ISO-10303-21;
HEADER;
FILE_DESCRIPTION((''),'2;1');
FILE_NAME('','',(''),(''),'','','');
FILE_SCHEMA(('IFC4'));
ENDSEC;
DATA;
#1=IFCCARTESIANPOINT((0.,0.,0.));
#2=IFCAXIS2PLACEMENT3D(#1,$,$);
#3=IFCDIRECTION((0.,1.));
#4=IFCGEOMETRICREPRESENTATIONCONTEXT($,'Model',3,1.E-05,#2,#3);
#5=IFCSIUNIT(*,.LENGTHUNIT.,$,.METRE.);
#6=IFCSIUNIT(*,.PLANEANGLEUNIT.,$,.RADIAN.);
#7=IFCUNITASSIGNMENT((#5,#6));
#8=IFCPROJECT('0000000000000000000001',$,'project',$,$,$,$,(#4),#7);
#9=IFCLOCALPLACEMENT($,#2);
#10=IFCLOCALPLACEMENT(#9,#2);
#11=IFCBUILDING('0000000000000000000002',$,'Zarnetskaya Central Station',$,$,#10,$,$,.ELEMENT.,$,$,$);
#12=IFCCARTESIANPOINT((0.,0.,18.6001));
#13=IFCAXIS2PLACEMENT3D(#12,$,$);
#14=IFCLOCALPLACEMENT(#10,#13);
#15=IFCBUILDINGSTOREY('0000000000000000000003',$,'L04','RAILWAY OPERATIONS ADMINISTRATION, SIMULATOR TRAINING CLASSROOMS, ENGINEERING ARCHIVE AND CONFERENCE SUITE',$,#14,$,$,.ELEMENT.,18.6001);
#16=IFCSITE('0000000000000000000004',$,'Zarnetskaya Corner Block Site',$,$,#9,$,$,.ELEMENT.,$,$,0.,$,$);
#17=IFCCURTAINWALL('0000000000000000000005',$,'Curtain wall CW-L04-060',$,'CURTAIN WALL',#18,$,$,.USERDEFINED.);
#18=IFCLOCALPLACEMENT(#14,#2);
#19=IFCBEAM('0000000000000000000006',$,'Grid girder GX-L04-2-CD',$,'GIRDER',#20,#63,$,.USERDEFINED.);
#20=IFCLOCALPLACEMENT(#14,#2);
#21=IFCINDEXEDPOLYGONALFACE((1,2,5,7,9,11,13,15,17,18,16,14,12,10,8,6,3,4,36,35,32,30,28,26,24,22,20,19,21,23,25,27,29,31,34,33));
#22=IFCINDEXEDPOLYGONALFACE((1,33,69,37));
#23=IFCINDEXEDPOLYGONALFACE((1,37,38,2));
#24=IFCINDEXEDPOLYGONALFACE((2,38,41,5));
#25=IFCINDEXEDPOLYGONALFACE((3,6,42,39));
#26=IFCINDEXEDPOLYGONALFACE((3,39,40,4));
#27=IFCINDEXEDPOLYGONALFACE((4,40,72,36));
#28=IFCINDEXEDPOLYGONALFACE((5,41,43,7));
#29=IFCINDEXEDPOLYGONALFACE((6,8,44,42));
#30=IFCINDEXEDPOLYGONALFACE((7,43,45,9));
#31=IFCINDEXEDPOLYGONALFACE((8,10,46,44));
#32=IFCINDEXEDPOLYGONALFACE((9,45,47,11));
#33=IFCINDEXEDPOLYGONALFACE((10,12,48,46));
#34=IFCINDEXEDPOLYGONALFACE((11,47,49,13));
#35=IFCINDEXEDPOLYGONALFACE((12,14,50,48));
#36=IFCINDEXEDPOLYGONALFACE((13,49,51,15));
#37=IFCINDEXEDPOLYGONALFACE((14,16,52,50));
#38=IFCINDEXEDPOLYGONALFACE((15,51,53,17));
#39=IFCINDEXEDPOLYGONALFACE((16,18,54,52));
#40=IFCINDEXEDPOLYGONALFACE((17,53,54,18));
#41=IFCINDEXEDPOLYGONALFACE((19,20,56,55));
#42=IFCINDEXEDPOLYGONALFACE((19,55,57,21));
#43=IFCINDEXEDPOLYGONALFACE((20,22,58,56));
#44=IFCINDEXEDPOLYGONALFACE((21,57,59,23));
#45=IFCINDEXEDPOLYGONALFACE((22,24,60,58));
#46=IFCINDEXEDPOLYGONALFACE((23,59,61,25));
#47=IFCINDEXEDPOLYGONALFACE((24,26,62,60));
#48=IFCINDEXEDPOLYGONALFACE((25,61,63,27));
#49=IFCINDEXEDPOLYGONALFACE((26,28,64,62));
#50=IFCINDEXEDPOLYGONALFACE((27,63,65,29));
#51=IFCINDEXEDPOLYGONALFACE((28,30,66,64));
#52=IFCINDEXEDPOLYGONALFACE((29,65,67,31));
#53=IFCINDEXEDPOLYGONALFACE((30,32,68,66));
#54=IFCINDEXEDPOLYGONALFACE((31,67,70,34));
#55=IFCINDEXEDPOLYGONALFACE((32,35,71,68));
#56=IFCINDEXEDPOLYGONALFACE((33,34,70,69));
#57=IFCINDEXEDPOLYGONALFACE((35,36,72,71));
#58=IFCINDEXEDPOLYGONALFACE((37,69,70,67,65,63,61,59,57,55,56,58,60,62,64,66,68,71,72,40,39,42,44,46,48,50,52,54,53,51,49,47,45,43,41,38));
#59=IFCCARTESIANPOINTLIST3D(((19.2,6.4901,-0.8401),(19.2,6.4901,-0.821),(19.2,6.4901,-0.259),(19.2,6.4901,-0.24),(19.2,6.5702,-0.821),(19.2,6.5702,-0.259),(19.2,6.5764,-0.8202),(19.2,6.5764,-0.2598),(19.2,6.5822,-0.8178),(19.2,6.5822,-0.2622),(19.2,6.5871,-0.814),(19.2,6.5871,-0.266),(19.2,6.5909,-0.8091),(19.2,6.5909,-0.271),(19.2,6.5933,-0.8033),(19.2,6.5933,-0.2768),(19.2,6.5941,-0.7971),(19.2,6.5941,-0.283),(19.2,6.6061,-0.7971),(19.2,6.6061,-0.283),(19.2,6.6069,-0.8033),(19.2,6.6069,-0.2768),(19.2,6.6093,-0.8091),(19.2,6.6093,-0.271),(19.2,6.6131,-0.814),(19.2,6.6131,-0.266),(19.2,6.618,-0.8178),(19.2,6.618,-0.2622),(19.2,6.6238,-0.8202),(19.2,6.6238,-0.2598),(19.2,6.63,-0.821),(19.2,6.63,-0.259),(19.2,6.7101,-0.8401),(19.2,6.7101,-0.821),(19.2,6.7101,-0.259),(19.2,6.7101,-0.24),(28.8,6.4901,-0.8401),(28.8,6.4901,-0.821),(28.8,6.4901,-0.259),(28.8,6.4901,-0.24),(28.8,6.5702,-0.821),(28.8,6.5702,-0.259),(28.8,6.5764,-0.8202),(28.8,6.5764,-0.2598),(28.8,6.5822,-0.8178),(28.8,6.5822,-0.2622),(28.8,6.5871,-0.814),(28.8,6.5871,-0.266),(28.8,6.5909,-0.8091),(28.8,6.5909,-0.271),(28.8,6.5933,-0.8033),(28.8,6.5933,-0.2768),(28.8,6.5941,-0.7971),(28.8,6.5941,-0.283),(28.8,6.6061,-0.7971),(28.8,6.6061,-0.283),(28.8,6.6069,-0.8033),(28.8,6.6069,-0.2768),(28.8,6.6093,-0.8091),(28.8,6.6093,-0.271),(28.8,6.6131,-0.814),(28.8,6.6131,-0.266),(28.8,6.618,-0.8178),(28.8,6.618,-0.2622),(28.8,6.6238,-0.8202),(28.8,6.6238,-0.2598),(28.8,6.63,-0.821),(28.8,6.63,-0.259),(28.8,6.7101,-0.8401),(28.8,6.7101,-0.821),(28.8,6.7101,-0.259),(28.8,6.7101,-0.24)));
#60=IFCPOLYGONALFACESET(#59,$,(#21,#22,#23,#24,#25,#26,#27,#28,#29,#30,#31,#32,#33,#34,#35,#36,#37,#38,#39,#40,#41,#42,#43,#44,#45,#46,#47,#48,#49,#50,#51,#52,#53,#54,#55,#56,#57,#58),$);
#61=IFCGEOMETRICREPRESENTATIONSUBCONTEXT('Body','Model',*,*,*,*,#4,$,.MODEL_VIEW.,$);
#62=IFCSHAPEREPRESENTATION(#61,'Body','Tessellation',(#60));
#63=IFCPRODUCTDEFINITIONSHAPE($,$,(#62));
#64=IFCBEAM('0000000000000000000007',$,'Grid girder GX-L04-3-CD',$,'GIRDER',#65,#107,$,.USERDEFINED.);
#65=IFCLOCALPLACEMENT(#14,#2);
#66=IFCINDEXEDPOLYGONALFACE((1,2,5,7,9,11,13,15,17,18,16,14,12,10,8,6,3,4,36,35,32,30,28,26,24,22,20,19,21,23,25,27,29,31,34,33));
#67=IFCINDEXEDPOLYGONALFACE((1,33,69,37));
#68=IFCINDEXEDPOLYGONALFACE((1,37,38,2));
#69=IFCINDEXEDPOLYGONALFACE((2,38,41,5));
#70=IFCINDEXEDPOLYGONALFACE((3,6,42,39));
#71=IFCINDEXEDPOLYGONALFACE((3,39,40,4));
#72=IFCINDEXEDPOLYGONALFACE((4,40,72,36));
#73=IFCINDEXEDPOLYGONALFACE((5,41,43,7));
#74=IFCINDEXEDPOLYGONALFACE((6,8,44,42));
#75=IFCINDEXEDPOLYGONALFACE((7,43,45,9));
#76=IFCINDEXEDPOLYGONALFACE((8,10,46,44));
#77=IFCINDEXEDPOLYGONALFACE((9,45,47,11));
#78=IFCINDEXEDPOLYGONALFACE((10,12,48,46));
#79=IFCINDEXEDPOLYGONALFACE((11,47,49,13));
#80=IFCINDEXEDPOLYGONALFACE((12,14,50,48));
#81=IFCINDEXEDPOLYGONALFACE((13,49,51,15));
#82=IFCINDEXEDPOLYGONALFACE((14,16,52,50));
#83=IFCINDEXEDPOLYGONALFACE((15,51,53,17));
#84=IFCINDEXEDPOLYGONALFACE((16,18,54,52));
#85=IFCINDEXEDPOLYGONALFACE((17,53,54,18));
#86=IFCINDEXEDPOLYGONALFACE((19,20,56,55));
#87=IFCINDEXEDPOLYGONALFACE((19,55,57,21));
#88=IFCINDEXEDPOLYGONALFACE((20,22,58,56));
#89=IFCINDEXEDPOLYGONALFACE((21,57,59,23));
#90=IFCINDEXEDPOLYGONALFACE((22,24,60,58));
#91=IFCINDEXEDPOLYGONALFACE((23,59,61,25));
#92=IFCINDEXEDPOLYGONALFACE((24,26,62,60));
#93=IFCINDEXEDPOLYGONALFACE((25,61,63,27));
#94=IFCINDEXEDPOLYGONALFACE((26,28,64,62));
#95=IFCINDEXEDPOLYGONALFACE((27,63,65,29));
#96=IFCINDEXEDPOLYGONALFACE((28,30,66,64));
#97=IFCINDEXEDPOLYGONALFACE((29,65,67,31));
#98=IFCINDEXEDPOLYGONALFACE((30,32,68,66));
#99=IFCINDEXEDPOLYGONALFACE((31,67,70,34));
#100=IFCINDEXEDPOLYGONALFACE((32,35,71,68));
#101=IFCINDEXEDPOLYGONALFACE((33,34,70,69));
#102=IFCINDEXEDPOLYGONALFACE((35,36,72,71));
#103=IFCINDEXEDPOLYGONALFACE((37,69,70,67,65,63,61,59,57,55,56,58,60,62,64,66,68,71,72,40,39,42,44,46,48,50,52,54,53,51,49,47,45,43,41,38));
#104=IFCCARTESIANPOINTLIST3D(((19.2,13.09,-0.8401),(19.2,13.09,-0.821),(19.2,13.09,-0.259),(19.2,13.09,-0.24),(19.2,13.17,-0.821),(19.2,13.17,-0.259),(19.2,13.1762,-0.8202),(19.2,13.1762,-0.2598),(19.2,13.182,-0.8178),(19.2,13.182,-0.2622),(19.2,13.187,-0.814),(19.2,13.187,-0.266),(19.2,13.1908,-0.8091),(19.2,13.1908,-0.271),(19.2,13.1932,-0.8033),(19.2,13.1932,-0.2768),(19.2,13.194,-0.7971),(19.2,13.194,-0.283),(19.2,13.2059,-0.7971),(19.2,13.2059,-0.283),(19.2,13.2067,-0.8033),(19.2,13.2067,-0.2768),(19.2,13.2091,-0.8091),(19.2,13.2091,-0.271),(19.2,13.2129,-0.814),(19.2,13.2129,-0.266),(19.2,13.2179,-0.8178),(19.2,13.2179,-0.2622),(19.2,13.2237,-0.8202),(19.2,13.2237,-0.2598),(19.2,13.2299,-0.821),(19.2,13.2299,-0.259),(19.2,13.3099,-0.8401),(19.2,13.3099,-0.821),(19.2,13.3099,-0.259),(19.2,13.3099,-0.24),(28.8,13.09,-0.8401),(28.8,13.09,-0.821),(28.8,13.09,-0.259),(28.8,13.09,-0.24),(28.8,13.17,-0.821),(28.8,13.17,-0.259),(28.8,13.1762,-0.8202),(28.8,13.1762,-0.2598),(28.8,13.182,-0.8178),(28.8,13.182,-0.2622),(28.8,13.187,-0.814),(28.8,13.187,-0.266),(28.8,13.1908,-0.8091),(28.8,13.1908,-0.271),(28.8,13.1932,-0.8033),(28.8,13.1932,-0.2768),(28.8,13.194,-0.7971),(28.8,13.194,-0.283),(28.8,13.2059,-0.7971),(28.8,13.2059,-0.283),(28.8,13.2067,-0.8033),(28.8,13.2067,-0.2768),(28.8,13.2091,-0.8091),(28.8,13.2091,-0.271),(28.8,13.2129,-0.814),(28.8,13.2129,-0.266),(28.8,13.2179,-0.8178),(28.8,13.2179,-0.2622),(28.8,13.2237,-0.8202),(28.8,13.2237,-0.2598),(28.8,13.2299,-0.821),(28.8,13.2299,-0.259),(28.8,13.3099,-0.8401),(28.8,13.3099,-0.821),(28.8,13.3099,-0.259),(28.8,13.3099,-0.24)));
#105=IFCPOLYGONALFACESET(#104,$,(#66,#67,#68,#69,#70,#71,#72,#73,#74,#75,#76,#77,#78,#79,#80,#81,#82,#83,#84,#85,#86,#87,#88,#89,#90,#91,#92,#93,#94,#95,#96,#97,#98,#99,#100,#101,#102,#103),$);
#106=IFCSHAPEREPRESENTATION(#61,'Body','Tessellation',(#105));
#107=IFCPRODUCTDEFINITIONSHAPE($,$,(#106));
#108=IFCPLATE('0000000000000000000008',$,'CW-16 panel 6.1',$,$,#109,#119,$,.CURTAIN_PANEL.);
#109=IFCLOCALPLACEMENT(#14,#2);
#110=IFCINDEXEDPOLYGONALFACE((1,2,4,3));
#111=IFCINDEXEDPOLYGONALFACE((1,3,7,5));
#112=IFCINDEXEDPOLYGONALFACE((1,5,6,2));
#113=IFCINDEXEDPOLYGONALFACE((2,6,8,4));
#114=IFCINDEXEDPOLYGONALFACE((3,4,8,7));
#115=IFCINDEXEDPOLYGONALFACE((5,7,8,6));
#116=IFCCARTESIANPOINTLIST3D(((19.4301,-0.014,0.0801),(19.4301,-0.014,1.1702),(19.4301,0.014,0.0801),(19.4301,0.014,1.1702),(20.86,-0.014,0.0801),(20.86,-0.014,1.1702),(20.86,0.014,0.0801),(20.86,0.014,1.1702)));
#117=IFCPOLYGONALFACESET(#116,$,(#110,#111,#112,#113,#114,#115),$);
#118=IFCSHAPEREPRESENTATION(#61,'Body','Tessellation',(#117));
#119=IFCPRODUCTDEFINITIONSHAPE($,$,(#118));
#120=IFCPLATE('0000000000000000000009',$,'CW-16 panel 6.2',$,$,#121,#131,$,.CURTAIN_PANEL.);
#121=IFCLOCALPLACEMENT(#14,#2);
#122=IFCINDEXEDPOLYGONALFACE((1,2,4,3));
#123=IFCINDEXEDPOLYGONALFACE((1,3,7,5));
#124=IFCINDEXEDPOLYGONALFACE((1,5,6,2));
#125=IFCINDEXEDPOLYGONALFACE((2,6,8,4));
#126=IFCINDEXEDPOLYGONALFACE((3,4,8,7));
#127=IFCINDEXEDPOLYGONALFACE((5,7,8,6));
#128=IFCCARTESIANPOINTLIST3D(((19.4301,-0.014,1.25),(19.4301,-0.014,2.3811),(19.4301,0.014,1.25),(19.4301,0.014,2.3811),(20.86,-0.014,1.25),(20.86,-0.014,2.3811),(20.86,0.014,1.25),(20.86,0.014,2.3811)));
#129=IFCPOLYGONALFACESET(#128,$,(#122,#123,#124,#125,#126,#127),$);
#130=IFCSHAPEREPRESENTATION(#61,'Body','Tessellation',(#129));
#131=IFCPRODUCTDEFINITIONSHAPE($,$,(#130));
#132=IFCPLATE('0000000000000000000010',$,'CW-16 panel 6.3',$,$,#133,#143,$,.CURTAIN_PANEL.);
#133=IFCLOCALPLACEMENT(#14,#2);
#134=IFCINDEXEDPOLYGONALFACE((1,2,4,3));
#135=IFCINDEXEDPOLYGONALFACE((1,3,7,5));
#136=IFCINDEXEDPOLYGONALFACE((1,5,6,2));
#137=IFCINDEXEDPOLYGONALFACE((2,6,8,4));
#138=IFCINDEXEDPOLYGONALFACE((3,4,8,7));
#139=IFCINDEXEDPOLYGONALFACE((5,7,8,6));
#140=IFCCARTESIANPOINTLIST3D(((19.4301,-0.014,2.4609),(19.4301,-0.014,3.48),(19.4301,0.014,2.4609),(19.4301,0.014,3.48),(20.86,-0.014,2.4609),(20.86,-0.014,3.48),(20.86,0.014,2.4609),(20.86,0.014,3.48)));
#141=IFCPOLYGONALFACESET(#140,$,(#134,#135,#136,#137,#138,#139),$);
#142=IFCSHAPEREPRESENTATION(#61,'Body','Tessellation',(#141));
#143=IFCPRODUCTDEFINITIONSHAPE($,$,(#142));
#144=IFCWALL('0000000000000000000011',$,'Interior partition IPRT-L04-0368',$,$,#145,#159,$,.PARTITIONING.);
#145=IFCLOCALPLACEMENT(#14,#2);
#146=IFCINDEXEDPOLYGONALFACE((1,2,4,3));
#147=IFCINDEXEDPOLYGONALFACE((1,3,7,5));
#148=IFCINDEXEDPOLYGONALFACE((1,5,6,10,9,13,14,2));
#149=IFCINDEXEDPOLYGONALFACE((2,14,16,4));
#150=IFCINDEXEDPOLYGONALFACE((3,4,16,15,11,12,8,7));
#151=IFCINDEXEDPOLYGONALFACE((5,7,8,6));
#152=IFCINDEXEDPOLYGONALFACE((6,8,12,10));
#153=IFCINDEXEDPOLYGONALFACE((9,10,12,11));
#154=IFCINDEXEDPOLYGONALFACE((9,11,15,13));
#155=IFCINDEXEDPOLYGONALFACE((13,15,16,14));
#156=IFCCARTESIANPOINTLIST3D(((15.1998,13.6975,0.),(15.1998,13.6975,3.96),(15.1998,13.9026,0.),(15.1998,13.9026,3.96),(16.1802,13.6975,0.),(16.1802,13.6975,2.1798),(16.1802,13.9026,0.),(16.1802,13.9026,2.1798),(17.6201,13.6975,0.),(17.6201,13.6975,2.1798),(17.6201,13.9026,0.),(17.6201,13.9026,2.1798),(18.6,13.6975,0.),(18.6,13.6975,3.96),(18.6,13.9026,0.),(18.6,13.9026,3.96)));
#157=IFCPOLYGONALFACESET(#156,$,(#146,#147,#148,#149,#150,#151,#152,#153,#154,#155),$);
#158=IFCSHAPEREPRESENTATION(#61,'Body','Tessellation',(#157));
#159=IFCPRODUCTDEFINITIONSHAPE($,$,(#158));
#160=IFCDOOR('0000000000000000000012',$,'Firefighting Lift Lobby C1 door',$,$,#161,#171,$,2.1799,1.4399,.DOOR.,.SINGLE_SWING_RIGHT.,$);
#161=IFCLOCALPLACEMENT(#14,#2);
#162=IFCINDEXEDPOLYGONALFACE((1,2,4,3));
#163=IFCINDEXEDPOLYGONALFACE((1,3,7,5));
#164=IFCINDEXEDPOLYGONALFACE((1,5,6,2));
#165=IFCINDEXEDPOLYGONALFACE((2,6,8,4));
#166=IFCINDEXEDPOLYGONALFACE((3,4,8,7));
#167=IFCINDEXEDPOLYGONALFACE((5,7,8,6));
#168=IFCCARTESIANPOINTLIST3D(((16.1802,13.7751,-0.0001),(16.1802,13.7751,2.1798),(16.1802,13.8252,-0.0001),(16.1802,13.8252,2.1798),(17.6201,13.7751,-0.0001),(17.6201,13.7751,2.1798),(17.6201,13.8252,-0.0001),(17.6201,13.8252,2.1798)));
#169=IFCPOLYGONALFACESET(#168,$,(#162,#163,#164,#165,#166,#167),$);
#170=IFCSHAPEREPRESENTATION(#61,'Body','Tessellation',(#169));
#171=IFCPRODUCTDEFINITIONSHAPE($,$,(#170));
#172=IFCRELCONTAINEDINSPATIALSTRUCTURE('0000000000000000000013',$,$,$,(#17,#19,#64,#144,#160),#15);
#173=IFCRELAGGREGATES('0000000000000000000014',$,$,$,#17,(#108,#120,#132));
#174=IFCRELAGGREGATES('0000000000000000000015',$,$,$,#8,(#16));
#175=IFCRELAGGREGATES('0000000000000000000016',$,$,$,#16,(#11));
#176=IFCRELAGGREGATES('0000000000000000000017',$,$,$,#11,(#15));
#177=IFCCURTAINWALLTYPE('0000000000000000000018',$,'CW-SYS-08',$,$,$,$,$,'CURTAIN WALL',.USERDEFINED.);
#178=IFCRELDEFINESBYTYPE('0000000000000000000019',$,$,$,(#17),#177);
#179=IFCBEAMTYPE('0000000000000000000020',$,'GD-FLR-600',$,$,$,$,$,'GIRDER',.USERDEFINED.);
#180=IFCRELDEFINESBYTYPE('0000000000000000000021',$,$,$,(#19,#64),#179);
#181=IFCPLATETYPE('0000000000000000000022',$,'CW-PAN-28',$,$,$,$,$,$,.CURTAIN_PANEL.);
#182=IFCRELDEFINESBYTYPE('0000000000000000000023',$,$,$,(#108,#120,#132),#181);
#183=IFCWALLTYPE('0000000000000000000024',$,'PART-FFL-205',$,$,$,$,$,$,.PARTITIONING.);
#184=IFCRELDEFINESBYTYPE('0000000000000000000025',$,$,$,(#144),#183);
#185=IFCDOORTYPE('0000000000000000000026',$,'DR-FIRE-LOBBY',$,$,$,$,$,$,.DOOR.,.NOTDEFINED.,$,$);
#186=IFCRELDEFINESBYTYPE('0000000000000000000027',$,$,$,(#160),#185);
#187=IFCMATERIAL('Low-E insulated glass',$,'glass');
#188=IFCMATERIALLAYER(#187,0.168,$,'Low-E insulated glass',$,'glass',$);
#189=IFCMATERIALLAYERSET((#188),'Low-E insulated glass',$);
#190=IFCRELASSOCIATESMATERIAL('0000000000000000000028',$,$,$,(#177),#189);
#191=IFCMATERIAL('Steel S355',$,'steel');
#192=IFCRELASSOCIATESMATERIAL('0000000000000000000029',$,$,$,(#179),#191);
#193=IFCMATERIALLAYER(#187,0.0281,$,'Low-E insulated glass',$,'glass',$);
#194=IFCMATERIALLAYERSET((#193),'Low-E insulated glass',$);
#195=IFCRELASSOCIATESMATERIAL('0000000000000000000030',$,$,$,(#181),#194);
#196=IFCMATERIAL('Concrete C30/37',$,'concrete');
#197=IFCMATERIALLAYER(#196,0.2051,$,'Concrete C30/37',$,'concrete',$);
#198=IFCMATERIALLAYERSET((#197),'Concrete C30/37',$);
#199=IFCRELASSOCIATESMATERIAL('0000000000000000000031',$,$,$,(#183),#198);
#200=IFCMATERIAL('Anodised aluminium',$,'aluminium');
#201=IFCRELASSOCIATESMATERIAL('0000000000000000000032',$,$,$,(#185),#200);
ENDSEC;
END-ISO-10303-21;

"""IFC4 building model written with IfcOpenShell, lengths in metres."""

from ifc_helpers import new_model, si_unit, direction, frame, frame_2d, origin, origin_2d, place, context, subcontext, project, spatial, rectangle, i_section, extrude, material, layer, layer_set, material_profile, profile_set, type_object, element, fill, aggregate, save


model = new_model("IFC4")

# Units and contexts
model_context = context("Model", 3, precision=1e-05, world=origin(), true_north=direction((0.0, 1.0)))
body_context = subcontext(model_context, "Body", "Model", "MODEL_VIEW")
ifc_project = project(units=[si_unit("LENGTHUNIT", "METRE"), si_unit("PLANEANGLEUNIT", "RADIAN")], contexts=[model_context])

# Site, building, storey
site_placement = place(None, origin())
site = spatial("IfcSite", under=ifc_project, at=site_placement, Name="Zarnetskaya Corner Block Site", CompositionType="ELEMENT", RefElevation=0.0)
building_placement = place(site_placement, origin())
building = spatial("IfcBuilding", under=site, at=building_placement, Name="Zarnetskaya Central Station", CompositionType="ELEMENT")
storey_placement = place(building_placement, frame((0.0, 0.0, 18.6001)))
storey = spatial("IfcBuildingStorey", under=building, at=storey_placement, Name="L04", Description="RAILWAY OPERATIONS ADMINISTRATION, SIMULATOR TRAINING CLASSROOMS, ENGINEERING ARCHIVE AND CONFERENCE SUITE", CompositionType="ELEMENT", Elevation=18.6001)

# Shared definitions
ifc_material_1 = material(Name="Steel S355", Category="steel")

# Curtain wall
ifc_material_2 = material(Name="Low-E insulated glass", Category="glass")
ifc_layer_1 = layer(ifc_material_2, 0.168, Name="Low-E insulated glass", Category="glass")
ifc_layer_set_1 = layer_set([ifc_layer_1], Name="Low-E insulated glass")
curtain_wall_type = type_object("IfcCurtainWallType", Name="CW-SYS-08", ElementType="CURTAIN WALL", PredefinedType="USERDEFINED", material=ifc_layer_set_1)
curtain_wall_placement = place(storey_placement, origin())
curtain_wall = element("IfcCurtainWall", 1, at=curtain_wall_placement, inside=storey, type_object=curtain_wall_type, Name="Curtain wall CW-L04-060", ObjectType="CURTAIN WALL", PredefinedType="USERDEFINED")
ifc_material_3 = material(Name="Anodised aluminium", Category="aluminium")

# Beams
ifc_material_profile_1 = material_profile(ifc_material_1, i_section(OverallWidth=0.22, OverallDepth=0.6001, WebThickness=0.012, FlangeThickness=0.019, FilletRadius=0.0239, at=origin_2d()), Name="IPE 600")
ifc_profile_set_1 = profile_set([ifc_material_profile_1], Name="Steel S355")
beam_type_1 = type_object("IfcBeamType", Name="GD-FLR-600", ElementType="GIRDER", PredefinedType="USERDEFINED", material=ifc_profile_set_1)
for number, where, z_axis, x_axis, name in (
    (2, (19.2, 6.6001, -0.54), (1.0, 0.0, 0.0), (0.0, 1.0, 0.0), "Grid girder GX-L04-2-CD"),
    (3, (19.2, 13.2, -0.54), (1.0, 0.0, 0.0), (0.0, 1.0, 0.0), "Grid girder GX-L04-3-CD"),
):
    element("IfcBeam", number, at=place(storey_placement, frame(where, z_axis=z_axis, x_axis=x_axis)), inside=storey, type_object=beam_type_1, Name=name, ObjectType="GIRDER", PredefinedType="USERDEFINED", context=body_context, shape_type="SweptSolid", body=[
        extrude(i_section(OverallWidth=0.22, OverallDepth=0.6001, WebThickness=0.012, FlangeThickness=0.019, FilletRadius=0.0239, at=origin_2d()), origin(), (0.0, 0.0, 1.0), 9.6001),
    ])

# Plates
ifc_layer_2 = layer(ifc_material_2, 0.0281, Name="Low-E insulated glass", Category="glass")
ifc_layer_set_2 = layer_set([ifc_layer_2], Name="Low-E insulated glass")
plate_type = type_object("IfcPlateType", Name="CW-PAN-28", PredefinedType="CURTAIN_PANEL", material=ifc_layer_set_2)
plate_1_placement = place(storey_placement, frame((20.145, 0.0, 0.0801), z_axis=(0.0, 0.0, 1.0), x_axis=(-1.0, 0.0, 0.0)))
plate_1 = element("IfcPlate", 4, at=plate_1_placement, type_object=plate_type, Name="CW-16 panel 6.1", PredefinedType="CURTAIN_PANEL", context=body_context, shape_type="SweptSolid", body=[
    extrude(rectangle(XDim=1.4299, YDim=0.0281, at=origin_2d()), origin(), (0.0, 0.0, 1.0), 1.0901),
])
plate_2_placement = place(storey_placement, frame((20.145, 0.0, 1.25), z_axis=(0.0, 0.0, 1.0), x_axis=(-1.0, 0.0, 0.0)))
plate_2 = element("IfcPlate", 5, at=plate_2_placement, type_object=plate_type, Name="CW-16 panel 6.2", PredefinedType="CURTAIN_PANEL", context=body_context, shape_type="SweptSolid", body=[
    extrude(rectangle(XDim=1.4299, YDim=0.0281, at=origin_2d()), origin(), (0.0, 0.0, 1.0), 1.1311),
])
plate_3_placement = place(storey_placement, frame((20.145, 0.0, 2.4609), z_axis=(0.0, 0.0, 1.0), x_axis=(-1.0, 0.0, 0.0)))
plate_3 = element("IfcPlate", 6, at=plate_3_placement, type_object=plate_type, Name="CW-16 panel 6.3", PredefinedType="CURTAIN_PANEL", context=body_context, shape_type="SweptSolid", body=[
    extrude(rectangle(XDim=1.4299, YDim=0.0281, at=origin_2d()), origin(), (0.0, 0.0, 1.0), 1.019),
])
aggregate(curtain_wall, [plate_1, plate_2, plate_3])

# Wall, opening, door
ifc_material_4 = material(Name="Concrete C30/37", Category="concrete")
ifc_layer_3 = layer(ifc_material_4, 0.2051, Name="Concrete C30/37", Category="concrete")
ifc_layer_set_3 = layer_set([ifc_layer_3], Name="Concrete C30/37")
wall_type_1 = type_object("IfcWallType", Name="PART-FFL-205", PredefinedType="PARTITIONING", material=ifc_layer_set_3)
wall_1_placement = place(storey_placement, frame((18.6001, 13.8, 0.0), z_axis=(0.0, 0.0, 1.0), x_axis=(-1.0, 0.0, 0.0)))
wall_1 = element("IfcWall", 7, at=wall_1_placement, inside=storey, type_object=wall_type_1, Name="Interior partition IPRT-L04-0368", PredefinedType="PARTITIONING", context=body_context, shape_type="SweptSolid", body=[
    extrude(rectangle(XDim=3.4001, YDim=0.2051, at=frame_2d((1.7002, 0.0))), origin(), (0.0, 0.0, 1.0), 3.96),
])
opening_1_placement = place(wall_1_placement, frame((0.98, 0.0, 0.0)))
opening_1 = element("IfcOpeningElement", 8, at=opening_1_placement, cuts=wall_1, PredefinedType="OPENING", context=body_context, shape_type="SweptSolid", body=[
    extrude(rectangle(XDim=1.4399, YDim=2.1799, at=frame_2d((0.72, 1.0898))), frame((0.0, 0.1125, 0.0), z_axis=(0.0, -1.0, 0.0), x_axis=(1.0, 0.0, 0.0)), (0.0, 0.0, 1.0), 0.2251),
])
door_type_1 = type_object("IfcDoorType", Name="DR-FIRE-LOBBY", OperationType="NOTDEFINED", PredefinedType="DOOR", material=ifc_material_3)
door_1_placement = place(opening_1_placement, origin())
door_1 = element("IfcDoor", 9, at=door_1_placement, inside=storey, type_object=door_type_1, Name="Firefighting Lift Lobby C1 door", OperationType="SINGLE_SWING_RIGHT", OverallHeight=2.1799, OverallWidth=1.4399, PredefinedType="DOOR", context=body_context, shape_type="SweptSolid", body=[
    extrude(rectangle(XDim=1.4399, YDim=2.1799, at=frame_2d((0.72, 1.0898))), frame((0.0, 0.0249, 0.0), z_axis=(0.0, -1.0, 0.0), x_axis=(1.0, 0.0, 0.0)), (0.0, 0.0, 1.0), 0.05),
])
fill(opening_1, door_1)

save(model, "model.ifc")
